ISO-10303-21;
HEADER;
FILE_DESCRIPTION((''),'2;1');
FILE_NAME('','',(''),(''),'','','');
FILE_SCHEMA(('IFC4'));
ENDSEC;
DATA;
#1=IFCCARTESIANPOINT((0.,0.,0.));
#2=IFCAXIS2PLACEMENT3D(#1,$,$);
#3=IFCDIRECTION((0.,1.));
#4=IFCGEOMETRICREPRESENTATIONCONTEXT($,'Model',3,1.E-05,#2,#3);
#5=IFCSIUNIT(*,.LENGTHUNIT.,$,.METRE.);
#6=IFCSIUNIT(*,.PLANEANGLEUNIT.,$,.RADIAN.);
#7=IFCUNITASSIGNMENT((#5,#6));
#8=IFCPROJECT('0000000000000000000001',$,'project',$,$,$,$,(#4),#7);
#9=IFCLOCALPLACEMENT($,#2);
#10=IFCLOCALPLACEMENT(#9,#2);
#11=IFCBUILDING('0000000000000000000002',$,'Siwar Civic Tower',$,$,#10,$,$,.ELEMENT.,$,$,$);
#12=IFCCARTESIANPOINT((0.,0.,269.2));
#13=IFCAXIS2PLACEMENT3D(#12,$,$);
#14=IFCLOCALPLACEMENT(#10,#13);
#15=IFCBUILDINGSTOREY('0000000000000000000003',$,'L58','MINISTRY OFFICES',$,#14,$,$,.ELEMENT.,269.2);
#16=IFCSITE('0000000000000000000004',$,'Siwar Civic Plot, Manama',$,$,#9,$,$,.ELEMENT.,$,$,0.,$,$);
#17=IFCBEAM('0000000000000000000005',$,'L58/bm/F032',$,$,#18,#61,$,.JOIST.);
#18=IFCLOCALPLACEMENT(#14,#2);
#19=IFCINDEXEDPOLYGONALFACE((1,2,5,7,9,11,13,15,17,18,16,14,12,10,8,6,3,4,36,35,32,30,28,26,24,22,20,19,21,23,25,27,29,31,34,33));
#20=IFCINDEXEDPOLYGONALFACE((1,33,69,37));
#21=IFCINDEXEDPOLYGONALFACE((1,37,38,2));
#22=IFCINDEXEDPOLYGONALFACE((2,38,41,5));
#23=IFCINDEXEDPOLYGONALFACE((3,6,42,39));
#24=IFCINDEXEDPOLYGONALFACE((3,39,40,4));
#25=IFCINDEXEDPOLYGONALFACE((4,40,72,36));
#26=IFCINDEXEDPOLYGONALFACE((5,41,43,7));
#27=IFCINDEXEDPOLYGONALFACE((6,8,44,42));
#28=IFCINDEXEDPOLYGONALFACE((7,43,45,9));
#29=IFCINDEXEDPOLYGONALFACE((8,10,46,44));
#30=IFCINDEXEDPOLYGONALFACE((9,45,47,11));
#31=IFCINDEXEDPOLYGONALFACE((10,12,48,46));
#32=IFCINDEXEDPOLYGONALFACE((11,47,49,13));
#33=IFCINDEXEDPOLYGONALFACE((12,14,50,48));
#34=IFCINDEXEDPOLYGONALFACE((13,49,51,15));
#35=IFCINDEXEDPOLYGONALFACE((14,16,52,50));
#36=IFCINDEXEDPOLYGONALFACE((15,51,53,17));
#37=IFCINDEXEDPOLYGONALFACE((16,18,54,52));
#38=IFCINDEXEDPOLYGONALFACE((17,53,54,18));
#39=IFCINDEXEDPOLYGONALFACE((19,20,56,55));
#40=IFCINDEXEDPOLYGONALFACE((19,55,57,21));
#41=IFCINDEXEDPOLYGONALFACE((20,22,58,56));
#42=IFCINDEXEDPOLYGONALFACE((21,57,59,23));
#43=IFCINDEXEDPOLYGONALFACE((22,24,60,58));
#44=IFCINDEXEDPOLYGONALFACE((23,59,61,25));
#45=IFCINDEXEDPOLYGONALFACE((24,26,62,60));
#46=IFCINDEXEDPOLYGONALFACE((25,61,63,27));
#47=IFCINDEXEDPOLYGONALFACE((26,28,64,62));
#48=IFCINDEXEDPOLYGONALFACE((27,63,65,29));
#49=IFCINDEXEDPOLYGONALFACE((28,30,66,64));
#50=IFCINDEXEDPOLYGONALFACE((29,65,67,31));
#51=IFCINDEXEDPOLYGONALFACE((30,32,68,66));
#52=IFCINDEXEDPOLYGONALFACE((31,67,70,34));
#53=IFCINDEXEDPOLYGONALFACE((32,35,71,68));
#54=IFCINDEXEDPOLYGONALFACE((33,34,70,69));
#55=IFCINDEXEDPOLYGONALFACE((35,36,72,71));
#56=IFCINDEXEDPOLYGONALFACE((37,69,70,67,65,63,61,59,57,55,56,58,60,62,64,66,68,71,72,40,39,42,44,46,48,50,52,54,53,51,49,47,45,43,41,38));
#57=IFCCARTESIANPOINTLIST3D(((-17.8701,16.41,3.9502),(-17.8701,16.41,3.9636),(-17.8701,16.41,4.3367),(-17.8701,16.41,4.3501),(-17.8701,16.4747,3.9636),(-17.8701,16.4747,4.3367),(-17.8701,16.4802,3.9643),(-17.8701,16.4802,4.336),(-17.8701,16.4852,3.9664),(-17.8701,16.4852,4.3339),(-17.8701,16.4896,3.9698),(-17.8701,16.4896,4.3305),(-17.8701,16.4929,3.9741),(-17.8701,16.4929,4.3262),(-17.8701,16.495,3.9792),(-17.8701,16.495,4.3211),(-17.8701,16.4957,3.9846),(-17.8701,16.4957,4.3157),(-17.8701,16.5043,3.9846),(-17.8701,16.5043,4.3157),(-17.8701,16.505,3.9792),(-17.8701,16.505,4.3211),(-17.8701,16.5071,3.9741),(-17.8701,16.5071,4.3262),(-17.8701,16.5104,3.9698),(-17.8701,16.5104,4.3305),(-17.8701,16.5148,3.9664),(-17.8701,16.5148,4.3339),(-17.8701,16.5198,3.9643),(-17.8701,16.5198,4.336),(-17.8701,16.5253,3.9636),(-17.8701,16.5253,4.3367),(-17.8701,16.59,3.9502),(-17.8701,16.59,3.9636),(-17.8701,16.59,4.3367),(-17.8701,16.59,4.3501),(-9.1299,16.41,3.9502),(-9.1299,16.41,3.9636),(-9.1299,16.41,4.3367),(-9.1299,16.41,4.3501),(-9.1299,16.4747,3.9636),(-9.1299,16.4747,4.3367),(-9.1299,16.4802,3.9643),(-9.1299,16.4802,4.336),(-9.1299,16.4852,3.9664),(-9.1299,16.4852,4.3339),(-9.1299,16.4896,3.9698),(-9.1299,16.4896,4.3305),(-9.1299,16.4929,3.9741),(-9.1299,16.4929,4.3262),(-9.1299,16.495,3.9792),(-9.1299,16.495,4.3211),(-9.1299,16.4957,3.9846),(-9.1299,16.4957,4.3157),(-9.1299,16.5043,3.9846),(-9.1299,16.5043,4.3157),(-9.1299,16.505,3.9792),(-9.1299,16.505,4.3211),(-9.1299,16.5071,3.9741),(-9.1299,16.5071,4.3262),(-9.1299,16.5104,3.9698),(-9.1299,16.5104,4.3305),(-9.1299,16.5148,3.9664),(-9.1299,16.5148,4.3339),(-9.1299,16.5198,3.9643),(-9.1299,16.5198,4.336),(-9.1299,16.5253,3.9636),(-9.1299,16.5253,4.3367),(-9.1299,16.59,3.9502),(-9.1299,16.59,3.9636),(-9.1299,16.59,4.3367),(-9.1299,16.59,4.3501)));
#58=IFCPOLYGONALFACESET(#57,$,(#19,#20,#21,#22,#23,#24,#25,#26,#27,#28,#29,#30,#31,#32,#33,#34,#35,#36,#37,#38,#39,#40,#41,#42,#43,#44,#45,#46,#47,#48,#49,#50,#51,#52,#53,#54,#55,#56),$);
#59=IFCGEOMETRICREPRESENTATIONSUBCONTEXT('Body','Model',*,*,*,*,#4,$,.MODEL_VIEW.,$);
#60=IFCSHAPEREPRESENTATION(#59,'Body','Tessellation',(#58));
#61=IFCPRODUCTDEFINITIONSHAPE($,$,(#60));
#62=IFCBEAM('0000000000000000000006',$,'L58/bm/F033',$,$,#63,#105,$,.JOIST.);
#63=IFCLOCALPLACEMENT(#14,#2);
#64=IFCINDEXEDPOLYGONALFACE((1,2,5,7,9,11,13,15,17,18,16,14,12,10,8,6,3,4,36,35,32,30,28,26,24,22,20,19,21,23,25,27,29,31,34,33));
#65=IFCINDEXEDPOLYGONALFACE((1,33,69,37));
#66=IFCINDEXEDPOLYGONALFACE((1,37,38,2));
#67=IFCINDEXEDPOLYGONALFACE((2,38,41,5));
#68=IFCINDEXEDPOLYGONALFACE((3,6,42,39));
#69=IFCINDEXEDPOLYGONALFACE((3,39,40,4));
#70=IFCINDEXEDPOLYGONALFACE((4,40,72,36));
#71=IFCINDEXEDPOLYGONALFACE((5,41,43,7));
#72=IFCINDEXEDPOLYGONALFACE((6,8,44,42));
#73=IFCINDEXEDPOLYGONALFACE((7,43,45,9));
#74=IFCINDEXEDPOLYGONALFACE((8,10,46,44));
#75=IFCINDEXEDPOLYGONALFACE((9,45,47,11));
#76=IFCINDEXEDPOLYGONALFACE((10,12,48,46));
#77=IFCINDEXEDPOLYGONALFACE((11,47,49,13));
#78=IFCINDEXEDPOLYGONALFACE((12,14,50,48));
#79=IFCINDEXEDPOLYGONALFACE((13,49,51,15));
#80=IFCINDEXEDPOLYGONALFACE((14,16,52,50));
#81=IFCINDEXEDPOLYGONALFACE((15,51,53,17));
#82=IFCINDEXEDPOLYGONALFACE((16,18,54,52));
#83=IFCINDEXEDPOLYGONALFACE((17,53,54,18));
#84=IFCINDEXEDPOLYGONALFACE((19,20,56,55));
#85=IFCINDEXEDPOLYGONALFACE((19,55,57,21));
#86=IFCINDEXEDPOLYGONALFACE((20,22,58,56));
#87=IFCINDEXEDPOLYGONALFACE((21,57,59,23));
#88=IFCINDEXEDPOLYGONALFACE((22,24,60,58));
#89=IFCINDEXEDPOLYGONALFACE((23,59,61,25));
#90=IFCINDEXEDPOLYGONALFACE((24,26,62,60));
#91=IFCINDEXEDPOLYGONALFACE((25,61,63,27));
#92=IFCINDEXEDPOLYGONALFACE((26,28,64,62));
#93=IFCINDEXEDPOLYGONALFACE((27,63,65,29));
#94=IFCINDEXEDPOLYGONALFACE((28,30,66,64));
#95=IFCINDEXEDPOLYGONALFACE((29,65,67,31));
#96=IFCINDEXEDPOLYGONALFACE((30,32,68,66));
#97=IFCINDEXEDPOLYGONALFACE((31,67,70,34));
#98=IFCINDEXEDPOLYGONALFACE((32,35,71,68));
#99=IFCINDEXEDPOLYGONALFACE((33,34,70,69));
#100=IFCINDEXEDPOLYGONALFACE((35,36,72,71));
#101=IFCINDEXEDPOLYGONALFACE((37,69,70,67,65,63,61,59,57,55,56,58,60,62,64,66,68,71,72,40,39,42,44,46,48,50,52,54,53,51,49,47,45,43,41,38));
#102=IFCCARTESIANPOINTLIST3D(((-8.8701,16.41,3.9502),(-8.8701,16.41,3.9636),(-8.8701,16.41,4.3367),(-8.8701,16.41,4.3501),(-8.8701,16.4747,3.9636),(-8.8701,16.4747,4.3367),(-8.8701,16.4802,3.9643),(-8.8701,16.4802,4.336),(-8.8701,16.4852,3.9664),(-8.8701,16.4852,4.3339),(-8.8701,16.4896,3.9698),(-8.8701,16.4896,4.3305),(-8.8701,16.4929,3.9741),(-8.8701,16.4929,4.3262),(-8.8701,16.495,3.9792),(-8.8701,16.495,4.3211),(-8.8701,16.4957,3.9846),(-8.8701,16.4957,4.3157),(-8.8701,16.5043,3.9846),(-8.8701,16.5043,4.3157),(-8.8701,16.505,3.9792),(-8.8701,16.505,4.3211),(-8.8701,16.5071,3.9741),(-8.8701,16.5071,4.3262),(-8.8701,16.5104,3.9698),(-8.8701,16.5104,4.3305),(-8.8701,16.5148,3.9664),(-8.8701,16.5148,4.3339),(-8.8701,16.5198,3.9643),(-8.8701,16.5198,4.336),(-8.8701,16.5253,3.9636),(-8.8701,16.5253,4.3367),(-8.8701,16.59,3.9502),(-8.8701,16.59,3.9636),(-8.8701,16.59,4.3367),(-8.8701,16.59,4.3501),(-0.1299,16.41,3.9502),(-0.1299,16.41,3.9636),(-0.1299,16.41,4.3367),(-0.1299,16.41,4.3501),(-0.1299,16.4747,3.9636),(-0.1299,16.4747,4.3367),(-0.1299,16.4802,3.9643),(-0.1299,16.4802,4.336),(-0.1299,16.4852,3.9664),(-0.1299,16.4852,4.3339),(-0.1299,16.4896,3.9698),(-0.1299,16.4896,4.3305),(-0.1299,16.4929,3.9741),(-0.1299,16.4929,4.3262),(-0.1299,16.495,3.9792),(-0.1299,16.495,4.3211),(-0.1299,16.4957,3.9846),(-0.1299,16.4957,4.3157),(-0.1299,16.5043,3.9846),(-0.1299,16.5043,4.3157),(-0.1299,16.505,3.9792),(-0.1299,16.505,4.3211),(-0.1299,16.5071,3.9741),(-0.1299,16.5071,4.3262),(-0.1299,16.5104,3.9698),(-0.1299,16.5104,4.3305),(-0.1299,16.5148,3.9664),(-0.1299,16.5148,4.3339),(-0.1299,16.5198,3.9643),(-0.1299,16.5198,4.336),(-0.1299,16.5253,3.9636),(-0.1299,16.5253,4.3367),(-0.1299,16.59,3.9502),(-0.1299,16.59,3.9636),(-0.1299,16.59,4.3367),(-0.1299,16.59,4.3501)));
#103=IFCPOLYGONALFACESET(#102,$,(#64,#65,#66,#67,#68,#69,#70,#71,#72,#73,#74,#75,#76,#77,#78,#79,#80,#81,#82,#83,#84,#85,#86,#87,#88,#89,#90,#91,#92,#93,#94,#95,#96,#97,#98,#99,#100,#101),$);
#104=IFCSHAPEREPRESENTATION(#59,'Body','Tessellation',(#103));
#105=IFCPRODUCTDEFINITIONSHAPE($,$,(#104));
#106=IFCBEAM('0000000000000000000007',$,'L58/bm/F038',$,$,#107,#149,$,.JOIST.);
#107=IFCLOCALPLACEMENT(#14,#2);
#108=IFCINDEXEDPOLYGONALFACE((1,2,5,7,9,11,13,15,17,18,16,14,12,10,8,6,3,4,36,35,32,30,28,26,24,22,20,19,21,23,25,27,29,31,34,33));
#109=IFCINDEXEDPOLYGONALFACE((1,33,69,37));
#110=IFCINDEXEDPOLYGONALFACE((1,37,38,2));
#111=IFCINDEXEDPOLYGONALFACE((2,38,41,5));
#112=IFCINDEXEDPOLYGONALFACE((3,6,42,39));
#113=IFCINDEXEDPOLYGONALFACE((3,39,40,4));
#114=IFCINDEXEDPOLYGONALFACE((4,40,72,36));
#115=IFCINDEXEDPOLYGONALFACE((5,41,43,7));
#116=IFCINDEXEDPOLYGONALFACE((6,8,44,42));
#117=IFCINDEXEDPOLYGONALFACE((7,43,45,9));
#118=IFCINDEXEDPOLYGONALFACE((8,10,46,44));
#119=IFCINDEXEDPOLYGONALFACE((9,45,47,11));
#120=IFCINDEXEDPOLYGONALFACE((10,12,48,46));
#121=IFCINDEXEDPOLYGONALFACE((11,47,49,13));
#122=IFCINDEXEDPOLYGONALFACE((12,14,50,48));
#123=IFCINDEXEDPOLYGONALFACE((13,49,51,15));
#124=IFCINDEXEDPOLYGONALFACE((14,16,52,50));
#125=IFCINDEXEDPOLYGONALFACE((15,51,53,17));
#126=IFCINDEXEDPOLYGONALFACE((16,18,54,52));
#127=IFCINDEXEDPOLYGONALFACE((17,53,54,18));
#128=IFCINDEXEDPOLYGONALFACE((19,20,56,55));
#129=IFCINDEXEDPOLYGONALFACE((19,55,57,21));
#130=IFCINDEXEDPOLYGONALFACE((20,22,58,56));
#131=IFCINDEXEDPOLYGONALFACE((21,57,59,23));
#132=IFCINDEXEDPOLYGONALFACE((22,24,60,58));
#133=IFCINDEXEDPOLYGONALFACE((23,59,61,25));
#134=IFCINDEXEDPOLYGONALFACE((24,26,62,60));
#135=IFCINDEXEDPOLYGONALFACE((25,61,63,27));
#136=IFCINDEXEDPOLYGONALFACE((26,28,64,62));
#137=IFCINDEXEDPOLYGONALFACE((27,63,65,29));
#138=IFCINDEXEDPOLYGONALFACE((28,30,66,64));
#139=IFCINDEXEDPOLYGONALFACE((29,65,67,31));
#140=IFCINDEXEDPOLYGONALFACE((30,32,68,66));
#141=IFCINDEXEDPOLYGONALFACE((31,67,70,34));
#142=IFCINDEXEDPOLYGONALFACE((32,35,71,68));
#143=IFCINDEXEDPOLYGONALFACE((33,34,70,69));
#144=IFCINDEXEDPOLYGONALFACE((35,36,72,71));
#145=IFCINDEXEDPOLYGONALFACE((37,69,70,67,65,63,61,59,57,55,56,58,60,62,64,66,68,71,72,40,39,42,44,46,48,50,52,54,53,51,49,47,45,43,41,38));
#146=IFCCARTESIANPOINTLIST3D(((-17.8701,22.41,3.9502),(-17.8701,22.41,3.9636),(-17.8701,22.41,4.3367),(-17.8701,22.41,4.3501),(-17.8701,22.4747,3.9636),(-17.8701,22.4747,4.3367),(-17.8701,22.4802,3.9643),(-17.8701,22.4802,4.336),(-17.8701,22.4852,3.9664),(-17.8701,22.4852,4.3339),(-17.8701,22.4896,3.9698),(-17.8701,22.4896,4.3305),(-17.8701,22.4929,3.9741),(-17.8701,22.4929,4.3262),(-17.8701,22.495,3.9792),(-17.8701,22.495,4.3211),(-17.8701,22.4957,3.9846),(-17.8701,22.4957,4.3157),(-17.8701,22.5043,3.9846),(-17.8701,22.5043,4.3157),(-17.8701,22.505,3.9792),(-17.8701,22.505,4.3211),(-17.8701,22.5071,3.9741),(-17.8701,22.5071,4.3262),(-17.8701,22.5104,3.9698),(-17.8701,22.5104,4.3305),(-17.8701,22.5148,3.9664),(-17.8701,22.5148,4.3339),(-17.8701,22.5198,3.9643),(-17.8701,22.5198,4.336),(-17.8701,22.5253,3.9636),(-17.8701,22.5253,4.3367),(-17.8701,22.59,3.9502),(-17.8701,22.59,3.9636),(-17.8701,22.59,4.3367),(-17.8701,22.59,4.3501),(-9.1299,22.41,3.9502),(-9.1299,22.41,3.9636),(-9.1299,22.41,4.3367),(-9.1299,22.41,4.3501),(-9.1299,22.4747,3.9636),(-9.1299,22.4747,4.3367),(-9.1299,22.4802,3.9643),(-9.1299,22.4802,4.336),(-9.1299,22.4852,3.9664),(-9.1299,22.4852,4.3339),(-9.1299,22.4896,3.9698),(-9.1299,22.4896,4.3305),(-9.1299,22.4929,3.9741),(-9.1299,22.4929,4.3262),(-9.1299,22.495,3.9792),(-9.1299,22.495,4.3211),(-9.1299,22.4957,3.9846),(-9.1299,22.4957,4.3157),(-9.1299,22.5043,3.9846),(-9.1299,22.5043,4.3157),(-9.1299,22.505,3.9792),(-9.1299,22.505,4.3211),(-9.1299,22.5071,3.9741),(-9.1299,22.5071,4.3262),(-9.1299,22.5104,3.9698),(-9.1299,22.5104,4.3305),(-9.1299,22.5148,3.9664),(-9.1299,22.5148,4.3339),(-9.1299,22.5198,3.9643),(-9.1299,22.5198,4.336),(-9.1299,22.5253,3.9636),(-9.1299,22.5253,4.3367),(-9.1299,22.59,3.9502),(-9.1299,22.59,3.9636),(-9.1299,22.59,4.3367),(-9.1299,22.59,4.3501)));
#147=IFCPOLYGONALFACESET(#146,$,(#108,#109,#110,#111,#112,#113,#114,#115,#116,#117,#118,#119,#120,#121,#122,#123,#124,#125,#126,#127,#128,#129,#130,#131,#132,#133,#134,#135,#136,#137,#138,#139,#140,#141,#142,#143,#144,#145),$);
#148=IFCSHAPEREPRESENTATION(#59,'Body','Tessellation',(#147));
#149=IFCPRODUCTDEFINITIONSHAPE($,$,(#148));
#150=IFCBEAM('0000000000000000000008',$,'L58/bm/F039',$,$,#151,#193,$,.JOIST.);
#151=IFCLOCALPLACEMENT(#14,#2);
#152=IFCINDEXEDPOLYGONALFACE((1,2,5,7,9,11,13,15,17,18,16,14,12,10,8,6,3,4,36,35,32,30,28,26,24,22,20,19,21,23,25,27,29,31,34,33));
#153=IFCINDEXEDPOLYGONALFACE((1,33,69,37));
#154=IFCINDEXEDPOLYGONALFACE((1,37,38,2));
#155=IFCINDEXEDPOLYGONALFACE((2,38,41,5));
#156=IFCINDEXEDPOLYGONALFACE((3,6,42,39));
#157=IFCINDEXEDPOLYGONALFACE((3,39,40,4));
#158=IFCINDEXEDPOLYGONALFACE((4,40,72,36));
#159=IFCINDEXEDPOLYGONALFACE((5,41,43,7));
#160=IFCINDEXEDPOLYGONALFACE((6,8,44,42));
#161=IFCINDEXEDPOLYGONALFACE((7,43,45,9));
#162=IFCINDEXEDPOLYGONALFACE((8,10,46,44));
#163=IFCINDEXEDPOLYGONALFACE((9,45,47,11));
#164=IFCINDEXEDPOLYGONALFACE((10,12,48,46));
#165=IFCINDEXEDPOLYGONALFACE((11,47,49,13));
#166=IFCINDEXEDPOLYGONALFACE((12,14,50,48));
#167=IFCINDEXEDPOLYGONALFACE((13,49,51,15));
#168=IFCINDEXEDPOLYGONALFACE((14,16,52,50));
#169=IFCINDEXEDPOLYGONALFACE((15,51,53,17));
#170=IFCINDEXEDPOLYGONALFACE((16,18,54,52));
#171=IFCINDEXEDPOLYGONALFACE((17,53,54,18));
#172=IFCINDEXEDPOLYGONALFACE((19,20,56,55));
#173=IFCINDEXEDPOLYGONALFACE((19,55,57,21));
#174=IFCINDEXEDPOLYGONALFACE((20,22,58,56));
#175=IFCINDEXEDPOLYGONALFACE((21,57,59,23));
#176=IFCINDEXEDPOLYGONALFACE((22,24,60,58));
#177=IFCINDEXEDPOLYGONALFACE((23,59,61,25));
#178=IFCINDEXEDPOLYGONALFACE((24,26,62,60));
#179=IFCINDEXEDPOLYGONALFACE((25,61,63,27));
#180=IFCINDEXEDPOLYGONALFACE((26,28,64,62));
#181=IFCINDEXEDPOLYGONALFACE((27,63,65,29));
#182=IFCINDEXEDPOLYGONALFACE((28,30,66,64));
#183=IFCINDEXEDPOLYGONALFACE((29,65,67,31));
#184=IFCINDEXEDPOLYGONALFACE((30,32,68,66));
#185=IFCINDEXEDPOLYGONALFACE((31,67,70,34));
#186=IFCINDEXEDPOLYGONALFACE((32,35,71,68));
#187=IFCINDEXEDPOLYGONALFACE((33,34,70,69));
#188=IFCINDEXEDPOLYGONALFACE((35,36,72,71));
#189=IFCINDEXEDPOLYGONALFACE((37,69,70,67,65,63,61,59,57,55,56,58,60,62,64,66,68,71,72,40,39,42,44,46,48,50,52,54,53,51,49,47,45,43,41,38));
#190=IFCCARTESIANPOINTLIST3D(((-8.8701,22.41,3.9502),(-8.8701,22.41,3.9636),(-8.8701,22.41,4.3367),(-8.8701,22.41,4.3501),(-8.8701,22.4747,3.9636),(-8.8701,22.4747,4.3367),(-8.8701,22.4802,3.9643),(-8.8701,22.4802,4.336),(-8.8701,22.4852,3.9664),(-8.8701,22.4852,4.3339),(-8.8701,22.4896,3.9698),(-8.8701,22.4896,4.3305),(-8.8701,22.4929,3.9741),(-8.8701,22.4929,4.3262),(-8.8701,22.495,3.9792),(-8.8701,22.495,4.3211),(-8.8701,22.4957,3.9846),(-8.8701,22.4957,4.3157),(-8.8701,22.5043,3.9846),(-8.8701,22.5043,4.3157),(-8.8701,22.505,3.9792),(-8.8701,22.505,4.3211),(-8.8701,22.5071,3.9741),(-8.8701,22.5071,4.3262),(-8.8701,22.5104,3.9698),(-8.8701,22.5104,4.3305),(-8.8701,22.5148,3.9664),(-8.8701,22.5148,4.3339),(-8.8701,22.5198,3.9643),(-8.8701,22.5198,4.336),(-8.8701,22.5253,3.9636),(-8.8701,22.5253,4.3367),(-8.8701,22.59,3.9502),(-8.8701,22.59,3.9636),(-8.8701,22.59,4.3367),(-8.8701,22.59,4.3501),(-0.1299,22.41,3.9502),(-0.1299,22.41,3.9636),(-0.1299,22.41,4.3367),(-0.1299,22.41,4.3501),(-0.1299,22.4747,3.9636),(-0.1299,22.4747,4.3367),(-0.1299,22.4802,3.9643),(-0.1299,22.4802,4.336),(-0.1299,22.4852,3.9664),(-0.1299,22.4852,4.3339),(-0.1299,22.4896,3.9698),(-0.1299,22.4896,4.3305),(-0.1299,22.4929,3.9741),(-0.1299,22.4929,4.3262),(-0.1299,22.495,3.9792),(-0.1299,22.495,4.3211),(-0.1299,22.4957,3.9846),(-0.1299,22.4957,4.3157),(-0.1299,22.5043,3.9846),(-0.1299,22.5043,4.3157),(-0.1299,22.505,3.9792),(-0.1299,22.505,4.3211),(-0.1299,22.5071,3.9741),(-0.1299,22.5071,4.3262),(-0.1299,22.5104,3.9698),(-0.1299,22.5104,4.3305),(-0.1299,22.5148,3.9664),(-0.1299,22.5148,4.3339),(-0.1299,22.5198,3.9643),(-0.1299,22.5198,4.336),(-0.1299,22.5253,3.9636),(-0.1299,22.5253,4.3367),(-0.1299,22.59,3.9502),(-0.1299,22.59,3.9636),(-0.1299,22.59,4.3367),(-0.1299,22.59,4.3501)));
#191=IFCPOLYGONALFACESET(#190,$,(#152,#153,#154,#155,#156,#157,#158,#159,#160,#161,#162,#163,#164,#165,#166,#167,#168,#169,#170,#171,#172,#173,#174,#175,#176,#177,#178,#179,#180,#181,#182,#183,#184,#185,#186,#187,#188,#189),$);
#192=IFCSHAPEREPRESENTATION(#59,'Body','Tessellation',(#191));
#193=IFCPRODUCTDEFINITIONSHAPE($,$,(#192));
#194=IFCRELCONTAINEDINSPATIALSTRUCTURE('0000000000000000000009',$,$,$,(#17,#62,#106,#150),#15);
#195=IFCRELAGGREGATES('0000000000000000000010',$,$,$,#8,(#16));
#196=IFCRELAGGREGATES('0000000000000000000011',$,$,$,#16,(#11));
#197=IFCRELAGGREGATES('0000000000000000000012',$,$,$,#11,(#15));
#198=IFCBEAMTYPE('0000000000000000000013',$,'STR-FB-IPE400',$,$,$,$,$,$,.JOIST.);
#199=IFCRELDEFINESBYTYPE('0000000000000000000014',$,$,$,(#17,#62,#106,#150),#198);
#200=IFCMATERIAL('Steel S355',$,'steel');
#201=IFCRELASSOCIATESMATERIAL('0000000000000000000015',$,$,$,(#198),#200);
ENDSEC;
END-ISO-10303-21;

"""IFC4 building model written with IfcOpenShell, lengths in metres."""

from ifc_helpers import new_model, si_unit, direction, frame, origin, origin_2d, place, context, subcontext, project, spatial, i_section, extrude, material, material_profile, profile_set, type_object, element, save


model = new_model("IFC4")

# Units and contexts
model_context = context("Model", 3, precision=1e-05, world=origin(), true_north=direction((0.0, 1.0)))
body_context = subcontext(model_context, "Body", "Model", "MODEL_VIEW")
ifc_project = project(units=[si_unit("LENGTHUNIT", "METRE"), si_unit("PLANEANGLEUNIT", "RADIAN")], contexts=[model_context])

# Site, building, storey
site_placement = place(None, origin())
site = spatial("IfcSite", under=ifc_project, at=site_placement, Name="Siwar Civic Plot, Manama", CompositionType="ELEMENT", RefElevation=0.0)
building_placement = place(site_placement, origin())
building = spatial("IfcBuilding", under=site, at=building_placement, Name="Siwar Civic Tower", CompositionType="ELEMENT")
storey_placement = place(building_placement, frame((0.0, 0.0, 269.2)))
storey = spatial("IfcBuildingStorey", under=building, at=storey_placement, Name="L58", Description="MINISTRY OFFICES", CompositionType="ELEMENT", Elevation=269.2)

# Beams
ifc_material_1 = material(Name="Steel S355", Category="steel")
ifc_material_profile_1 = material_profile(ifc_material_1, i_section(OverallWidth=0.1799, OverallDepth=0.3999, WebThickness=0.0085, FlangeThickness=0.0134, FilletRadius=0.021, at=origin_2d()), Name="IPE400")
ifc_profile_set_1 = profile_set([ifc_material_profile_1], Name="Steel S355")
beam_type_1 = type_object("IfcBeamType", Name="STR-FB-IPE400", PredefinedType="JOIST", material=ifc_profile_set_1)
for number, where, z_axis, x_axis, name in (
    (1, (-17.8701, 16.5, 4.1501), (1.0, 0.0, 0.0), (0.0, 1.0, 0.0), "L58/bm/F032"),
    (2, (-8.8701, 16.5, 4.1501), (1.0, 0.0, 0.0), (0.0, 1.0, 0.0), "L58/bm/F033"),
    (3, (-17.8701, 22.5, 4.1501), (1.0, 0.0, 0.0), (0.0, 1.0, 0.0), "L58/bm/F038"),
    (4, (-8.8701, 22.5, 4.1501), (1.0, 0.0, 0.0), (0.0, 1.0, 0.0), "L58/bm/F039"),
):
    element("IfcBeam", number, at=place(storey_placement, frame(where, z_axis=z_axis, x_axis=x_axis)), inside=storey, type_object=beam_type_1, Name=name, PredefinedType="JOIST", context=body_context, shape_type="SweptSolid", body=[
        extrude(i_section(OverallWidth=0.1799, OverallDepth=0.3999, WebThickness=0.0085, FlangeThickness=0.0134, FilletRadius=0.021, at=origin_2d()), origin(), (0.0, 0.0, 1.0), 8.7402),
    ])

save(model, "model.ifc")
